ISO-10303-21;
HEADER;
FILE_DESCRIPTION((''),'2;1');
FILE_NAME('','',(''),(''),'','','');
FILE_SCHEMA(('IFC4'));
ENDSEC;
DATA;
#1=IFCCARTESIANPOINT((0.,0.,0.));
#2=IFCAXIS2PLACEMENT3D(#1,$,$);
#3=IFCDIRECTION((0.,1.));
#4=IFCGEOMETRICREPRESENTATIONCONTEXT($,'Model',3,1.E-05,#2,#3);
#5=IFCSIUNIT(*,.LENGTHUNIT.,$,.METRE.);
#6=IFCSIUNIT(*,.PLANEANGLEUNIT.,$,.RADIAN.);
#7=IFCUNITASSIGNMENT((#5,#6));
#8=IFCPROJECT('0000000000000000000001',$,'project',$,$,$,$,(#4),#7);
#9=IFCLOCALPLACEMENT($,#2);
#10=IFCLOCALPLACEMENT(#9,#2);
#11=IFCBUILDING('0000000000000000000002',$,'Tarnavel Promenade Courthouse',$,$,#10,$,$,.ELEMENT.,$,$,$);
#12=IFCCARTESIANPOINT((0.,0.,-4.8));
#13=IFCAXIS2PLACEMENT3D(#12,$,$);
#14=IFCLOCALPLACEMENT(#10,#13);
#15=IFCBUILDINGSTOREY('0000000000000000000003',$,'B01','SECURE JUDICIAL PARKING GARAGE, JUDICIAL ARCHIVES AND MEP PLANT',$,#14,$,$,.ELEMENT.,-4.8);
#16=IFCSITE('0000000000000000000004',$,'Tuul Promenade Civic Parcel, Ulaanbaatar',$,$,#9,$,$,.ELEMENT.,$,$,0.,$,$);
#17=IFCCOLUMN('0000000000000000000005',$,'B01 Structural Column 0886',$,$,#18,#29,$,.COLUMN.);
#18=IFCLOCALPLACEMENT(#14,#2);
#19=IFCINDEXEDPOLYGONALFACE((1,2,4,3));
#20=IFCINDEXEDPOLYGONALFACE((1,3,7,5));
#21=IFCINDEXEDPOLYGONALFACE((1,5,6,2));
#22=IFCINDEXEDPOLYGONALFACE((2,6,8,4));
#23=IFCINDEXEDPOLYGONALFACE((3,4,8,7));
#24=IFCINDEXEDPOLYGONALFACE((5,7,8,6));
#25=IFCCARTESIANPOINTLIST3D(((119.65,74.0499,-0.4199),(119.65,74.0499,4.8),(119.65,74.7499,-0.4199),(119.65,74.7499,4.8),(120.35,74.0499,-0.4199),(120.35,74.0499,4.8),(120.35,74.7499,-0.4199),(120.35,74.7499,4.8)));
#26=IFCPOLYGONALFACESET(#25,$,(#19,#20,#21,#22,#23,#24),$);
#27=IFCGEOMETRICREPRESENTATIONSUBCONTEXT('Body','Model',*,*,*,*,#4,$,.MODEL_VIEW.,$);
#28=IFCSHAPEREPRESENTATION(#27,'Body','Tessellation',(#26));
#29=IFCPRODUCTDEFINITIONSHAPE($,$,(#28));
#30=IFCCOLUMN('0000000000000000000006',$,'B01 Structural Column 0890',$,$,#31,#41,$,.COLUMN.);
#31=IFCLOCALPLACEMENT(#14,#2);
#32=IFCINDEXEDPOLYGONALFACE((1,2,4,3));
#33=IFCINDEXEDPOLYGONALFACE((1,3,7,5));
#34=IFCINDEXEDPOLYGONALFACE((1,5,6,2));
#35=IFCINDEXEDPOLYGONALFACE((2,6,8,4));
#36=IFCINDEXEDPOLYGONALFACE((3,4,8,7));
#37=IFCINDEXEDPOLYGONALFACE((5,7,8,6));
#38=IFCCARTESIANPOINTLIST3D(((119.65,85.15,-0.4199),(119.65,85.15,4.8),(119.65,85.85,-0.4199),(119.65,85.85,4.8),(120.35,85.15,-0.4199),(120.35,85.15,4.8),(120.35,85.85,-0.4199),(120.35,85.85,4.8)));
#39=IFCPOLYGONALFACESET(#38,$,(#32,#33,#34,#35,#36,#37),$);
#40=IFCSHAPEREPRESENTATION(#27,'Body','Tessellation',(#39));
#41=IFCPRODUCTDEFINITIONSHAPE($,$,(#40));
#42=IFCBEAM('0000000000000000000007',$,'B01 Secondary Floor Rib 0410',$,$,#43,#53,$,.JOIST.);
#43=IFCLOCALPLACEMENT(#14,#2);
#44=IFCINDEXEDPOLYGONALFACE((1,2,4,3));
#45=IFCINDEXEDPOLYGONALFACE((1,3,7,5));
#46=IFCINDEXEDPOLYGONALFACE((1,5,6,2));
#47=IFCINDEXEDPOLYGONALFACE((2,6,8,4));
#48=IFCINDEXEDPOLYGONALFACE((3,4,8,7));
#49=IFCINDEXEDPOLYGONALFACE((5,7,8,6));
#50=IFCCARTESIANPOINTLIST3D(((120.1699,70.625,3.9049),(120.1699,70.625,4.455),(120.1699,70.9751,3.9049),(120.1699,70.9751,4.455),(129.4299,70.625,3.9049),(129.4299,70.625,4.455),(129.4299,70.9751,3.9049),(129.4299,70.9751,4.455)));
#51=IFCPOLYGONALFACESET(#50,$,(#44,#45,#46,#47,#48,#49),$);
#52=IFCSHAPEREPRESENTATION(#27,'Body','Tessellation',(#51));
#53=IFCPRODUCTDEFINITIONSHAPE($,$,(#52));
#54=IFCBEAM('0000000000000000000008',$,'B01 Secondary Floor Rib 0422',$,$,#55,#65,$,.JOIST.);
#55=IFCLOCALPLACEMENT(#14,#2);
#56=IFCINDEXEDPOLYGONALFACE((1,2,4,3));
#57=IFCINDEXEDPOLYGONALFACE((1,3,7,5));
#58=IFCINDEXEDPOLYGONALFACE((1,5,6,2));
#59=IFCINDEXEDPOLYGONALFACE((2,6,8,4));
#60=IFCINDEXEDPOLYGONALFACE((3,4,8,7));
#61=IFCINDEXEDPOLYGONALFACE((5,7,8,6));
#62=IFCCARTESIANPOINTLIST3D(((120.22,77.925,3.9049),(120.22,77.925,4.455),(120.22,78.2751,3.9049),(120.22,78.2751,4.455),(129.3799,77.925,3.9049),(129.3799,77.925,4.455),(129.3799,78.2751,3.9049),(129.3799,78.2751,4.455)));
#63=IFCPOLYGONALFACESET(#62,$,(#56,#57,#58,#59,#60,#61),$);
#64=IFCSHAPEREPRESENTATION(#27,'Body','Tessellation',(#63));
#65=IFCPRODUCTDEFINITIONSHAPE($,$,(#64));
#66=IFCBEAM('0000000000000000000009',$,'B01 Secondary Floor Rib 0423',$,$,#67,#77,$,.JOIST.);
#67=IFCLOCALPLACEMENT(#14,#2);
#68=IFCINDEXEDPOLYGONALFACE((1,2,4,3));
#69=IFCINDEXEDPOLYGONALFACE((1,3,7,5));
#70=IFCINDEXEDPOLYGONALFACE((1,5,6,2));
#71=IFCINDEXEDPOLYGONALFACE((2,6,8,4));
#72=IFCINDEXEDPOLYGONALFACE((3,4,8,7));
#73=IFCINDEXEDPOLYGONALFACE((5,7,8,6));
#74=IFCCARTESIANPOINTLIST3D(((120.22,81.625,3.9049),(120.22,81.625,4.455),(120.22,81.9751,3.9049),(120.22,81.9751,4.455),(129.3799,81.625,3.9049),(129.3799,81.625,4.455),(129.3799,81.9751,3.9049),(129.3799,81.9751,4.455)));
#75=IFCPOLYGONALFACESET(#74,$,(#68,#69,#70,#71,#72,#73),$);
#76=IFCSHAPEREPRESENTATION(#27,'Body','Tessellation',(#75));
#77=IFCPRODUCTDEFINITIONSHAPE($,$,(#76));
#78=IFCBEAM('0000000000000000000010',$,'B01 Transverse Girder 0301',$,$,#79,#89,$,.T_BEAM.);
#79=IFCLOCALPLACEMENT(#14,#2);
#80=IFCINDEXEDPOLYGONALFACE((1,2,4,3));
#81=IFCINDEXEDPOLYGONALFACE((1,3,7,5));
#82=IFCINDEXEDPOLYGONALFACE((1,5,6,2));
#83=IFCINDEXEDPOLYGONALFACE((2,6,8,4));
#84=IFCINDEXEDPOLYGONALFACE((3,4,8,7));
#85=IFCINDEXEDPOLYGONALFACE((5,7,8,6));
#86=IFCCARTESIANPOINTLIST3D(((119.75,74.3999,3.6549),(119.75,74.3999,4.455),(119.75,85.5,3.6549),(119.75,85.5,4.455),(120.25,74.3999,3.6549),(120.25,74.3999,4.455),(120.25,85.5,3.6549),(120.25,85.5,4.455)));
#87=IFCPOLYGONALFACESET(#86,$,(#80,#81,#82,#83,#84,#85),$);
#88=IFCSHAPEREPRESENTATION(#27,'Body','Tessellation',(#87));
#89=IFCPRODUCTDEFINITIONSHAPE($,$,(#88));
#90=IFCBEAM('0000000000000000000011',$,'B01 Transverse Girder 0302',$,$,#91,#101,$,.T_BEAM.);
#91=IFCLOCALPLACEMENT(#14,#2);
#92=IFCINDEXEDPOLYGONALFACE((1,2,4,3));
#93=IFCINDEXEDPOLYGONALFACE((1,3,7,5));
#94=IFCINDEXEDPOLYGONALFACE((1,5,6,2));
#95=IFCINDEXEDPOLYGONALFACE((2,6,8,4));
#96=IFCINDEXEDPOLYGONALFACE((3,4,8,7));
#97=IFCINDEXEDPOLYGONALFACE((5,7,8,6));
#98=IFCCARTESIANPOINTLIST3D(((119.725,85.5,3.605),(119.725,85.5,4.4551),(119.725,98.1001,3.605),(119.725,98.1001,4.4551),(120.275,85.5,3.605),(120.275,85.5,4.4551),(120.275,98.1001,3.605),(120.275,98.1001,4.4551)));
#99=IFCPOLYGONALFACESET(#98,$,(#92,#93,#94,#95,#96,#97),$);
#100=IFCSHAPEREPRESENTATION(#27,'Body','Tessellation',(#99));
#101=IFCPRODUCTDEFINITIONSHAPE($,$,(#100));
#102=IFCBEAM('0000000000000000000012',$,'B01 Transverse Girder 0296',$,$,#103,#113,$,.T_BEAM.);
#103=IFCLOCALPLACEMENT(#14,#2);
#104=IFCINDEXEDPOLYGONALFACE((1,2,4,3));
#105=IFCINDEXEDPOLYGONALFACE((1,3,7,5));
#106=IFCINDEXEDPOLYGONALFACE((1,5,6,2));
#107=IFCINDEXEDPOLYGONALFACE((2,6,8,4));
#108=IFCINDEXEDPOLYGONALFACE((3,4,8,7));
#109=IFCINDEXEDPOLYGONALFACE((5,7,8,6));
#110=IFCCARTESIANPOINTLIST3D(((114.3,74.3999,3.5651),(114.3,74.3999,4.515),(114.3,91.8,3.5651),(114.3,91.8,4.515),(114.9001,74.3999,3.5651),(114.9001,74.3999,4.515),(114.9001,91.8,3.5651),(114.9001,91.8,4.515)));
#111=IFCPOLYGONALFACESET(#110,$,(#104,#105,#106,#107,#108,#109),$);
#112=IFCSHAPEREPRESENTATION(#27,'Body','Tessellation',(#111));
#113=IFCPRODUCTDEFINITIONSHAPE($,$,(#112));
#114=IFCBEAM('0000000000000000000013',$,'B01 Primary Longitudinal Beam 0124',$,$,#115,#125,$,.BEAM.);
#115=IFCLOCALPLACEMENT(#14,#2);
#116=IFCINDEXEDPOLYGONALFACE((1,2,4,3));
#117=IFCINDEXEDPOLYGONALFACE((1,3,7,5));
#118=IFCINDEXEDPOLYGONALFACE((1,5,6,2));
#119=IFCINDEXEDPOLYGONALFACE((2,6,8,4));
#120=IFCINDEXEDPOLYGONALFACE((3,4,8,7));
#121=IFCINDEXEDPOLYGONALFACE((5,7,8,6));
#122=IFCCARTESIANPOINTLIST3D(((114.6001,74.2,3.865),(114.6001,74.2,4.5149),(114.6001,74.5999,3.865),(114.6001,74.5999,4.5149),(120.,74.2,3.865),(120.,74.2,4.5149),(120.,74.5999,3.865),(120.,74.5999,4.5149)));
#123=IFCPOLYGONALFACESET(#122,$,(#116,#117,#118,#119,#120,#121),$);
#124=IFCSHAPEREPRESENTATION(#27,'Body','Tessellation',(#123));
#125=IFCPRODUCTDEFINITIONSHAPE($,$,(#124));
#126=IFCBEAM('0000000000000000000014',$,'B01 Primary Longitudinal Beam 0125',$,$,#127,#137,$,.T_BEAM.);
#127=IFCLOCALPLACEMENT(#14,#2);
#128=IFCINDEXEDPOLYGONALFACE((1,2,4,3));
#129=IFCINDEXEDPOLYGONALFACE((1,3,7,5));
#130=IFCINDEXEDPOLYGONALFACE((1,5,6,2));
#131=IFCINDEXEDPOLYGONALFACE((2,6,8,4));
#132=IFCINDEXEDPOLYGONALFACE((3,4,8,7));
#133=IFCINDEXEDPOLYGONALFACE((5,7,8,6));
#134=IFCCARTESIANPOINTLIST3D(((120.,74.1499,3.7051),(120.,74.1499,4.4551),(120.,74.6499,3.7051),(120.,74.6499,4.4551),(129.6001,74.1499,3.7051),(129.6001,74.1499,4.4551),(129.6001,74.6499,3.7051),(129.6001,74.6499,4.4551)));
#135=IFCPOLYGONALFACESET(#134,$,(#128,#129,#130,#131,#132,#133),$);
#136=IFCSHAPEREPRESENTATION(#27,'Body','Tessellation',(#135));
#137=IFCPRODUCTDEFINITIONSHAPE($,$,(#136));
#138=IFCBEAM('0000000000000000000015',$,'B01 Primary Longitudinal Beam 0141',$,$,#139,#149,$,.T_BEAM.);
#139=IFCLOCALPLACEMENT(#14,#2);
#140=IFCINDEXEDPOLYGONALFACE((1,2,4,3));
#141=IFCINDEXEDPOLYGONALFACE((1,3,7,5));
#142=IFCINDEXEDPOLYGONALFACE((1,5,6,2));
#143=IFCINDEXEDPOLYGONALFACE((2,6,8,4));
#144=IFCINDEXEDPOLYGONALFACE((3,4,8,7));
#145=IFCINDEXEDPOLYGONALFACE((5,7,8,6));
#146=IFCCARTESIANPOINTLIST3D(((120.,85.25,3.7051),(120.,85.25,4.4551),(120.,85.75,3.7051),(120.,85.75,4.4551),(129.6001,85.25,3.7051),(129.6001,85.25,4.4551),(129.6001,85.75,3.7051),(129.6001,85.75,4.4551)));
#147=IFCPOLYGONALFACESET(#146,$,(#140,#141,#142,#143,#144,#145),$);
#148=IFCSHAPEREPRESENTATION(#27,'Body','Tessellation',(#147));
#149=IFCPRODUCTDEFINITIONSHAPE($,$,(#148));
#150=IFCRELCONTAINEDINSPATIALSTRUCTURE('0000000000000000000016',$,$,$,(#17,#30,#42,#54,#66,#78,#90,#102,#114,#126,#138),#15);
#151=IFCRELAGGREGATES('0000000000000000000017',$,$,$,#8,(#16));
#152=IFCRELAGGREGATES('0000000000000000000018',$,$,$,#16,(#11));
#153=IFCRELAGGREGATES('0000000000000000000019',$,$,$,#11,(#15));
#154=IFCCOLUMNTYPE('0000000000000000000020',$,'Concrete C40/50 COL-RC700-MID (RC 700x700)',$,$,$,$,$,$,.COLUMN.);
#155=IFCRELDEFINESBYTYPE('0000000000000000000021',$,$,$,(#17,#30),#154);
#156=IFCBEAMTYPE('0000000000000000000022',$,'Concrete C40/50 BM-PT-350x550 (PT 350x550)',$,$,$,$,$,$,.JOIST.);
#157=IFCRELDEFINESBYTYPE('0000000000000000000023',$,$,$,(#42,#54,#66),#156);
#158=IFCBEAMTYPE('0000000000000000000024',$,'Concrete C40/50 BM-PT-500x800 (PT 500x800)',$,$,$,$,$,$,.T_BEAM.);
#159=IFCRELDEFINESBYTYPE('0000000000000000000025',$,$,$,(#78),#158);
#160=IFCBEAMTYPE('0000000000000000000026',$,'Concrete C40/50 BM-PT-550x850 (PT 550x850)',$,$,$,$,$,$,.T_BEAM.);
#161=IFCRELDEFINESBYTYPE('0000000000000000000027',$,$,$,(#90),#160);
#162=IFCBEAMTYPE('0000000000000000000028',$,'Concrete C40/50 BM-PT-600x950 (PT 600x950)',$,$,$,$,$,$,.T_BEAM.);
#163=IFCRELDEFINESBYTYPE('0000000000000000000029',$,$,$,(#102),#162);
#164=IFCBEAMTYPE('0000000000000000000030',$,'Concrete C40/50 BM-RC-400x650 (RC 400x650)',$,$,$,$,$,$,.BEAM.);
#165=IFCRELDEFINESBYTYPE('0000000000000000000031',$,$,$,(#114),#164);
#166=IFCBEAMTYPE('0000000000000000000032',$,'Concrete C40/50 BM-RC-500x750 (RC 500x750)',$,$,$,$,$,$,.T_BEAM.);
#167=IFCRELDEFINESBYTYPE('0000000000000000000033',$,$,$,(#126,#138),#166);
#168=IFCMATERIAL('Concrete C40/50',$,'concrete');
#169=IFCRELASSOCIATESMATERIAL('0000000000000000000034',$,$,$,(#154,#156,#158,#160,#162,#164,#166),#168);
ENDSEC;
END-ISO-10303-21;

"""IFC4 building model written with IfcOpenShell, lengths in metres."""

from ifc_helpers import new_model, si_unit, direction, frame, origin, origin_2d, place, context, subcontext, project, spatial, rectangle, extrude, material, material_profile, profile_set, type_object, element, save


model = new_model("IFC4")

# Units and contexts
model_context = context("Model", 3, precision=1e-05, world=origin(), true_north=direction((0.0, 1.0)))
body_context = subcontext(model_context, "Body", "Model", "MODEL_VIEW")
ifc_project = project(units=[si_unit("LENGTHUNIT", "METRE"), si_unit("PLANEANGLEUNIT", "RADIAN")], contexts=[model_context])

# Site, building, storey
site_placement = place(None, origin())
site = spatial("IfcSite", under=ifc_project, at=site_placement, Name="Tuul Promenade Civic Parcel, Ulaanbaatar", CompositionType="ELEMENT", RefElevation=0.0)
building_placement = place(site_placement, origin())
building = spatial("IfcBuilding", under=site, at=building_placement, Name="Tarnavel Promenade Courthouse", CompositionType="ELEMENT")
storey_placement = place(building_placement, frame((0.0, 0.0, -4.8)))
storey = spatial("IfcBuildingStorey", under=building, at=storey_placement, Name="B01", Description="SECURE JUDICIAL PARKING GARAGE, JUDICIAL ARCHIVES AND MEP PLANT", CompositionType="ELEMENT", Elevation=-4.8)

# Columns
ifc_material_1 = material(Name="Concrete C40/50", Category="concrete")
ifc_material_profile_1 = material_profile(ifc_material_1, rectangle(XDim=0.7, YDim=0.7, at=origin_2d()), Name="RC 700x700")
ifc_profile_set_1 = profile_set([ifc_material_profile_1], Name="Concrete C40/50")
column_type_1 = type_object("IfcColumnType", Name="Concrete C40/50 COL-RC700-MID (RC 700x700)", PredefinedType="COLUMN", material=ifc_profile_set_1)
for number, where, z_axis, x_axis, name in (
    (1, (120.0, 74.3999, -0.4199), (0.0, 0.0, 1.0), (1.0, 0.0, 0.0), "B01 Structural Column 0886"),
    (2, (120.0, 85.5, -0.4199), (0.0, 0.0, 1.0), (1.0, 0.0, 0.0), "B01 Structural Column 0890"),
):
    element("IfcColumn", number, at=place(storey_placement, frame(where, z_axis=z_axis, x_axis=x_axis)), inside=storey, type_object=column_type_1, Name=name, PredefinedType="COLUMN", context=body_context, shape_type="SweptSolid", body=[
        extrude(rectangle(XDim=0.7, YDim=0.7, at=origin_2d()), origin(), (0.0, 0.0, 1.0), 5.22),
    ])

# Beams
ifc_material_profile_2 = material_profile(ifc_material_1, rectangle(XDim=0.3501, YDim=0.55, at=origin_2d()), Name="PT 350x550")
ifc_profile_set_2 = profile_set([ifc_material_profile_2], Name="Concrete C40/50")
beam_type_1 = type_object("IfcBeamType", Name="Concrete C40/50 BM-PT-350x550 (PT 350x550)", PredefinedType="JOIST", material=ifc_profile_set_2)
beam_1_placement = place(storey_placement, frame((120.1699, 70.8, 4.1799), z_axis=(1.0, 0.0, 0.0), x_axis=(0.0, 1.0, 0.0)))
element("IfcBeam", 3, at=beam_1_placement, inside=storey, type_object=beam_type_1, Name="B01 Secondary Floor Rib 0410", PredefinedType="JOIST", context=body_context, shape_type="SweptSolid", body=[
    extrude(rectangle(XDim=0.3501, YDim=0.55, at=origin_2d()), origin(), (0.0, 0.0, 1.0), 9.26),
])
for number, where, z_axis, x_axis, name in (
    (4, (120.22, 78.1001, 4.1799), (1.0, 0.0, 0.0), (0.0, 1.0, 0.0), "B01 Secondary Floor Rib 0422"),
    (5, (120.22, 81.8, 4.1799), (1.0, 0.0, 0.0), (0.0, 1.0, 0.0), "B01 Secondary Floor Rib 0423"),
):
    element("IfcBeam", number, at=place(storey_placement, frame(where, z_axis=z_axis, x_axis=x_axis)), inside=storey, type_object=beam_type_1, Name=name, PredefinedType="JOIST", context=body_context, shape_type="SweptSolid", body=[
        extrude(rectangle(XDim=0.3501, YDim=0.55, at=origin_2d()), origin(), (0.0, 0.0, 1.0), 9.1599),
    ])
ifc_material_profile_3 = material_profile(ifc_material_1, rectangle(XDim=0.5, YDim=0.8, at=origin_2d()), Name="PT 500x800")
ifc_profile_set_3 = profile_set([ifc_material_profile_3], Name="Concrete C40/50")
beam_type_2 = type_object("IfcBeamType", Name="Concrete C40/50 BM-PT-500x800 (PT 500x800)", PredefinedType="T_BEAM", material=ifc_profile_set_3)
beam_2_placement = place(storey_placement, frame((120.0, 74.3999, 4.0549), z_axis=(0.0, 1.0, 0.0), x_axis=(-1.0, 0.0, 0.0)))
element("IfcBeam", 6, at=beam_2_placement, inside=storey, type_object=beam_type_2, Name="B01 Transverse Girder 0301", PredefinedType="T_BEAM", context=body_context, shape_type="SweptSolid", body=[
    extrude(rectangle(XDim=0.5, YDim=0.8, at=origin_2d()), origin(), (0.0, 0.0, 1.0), 11.1001),
])
ifc_material_profile_4 = material_profile(ifc_material_1, rectangle(XDim=0.55, YDim=0.8501, at=origin_2d()), Name="PT 550x850")
ifc_profile_set_4 = profile_set([ifc_material_profile_4], Name="Concrete C40/50")
beam_type_3 = type_object("IfcBeamType", Name="Concrete C40/50 BM-PT-550x850 (PT 550x850)", PredefinedType="T_BEAM", material=ifc_profile_set_4)
beam_3_placement = place(storey_placement, frame((120.0, 85.5, 4.03), z_axis=(0.0, 1.0, 0.0), x_axis=(-1.0, 0.0, 0.0)))
element("IfcBeam", 7, at=beam_3_placement, inside=storey, type_object=beam_type_3, Name="B01 Transverse Girder 0302", PredefinedType="T_BEAM", context=body_context, shape_type="SweptSolid", body=[
    extrude(rectangle(XDim=0.55, YDim=0.8501, at=origin_2d()), origin(), (0.0, 0.0, 1.0), 12.6001),
])
ifc_material_profile_5 = material_profile(ifc_material_1, rectangle(XDim=0.6001, YDim=0.95, at=origin_2d()), Name="PT 600x950")
ifc_profile_set_5 = profile_set([ifc_material_profile_5], Name="Concrete C40/50")
beam_type_4 = type_object("IfcBeamType", Name="Concrete C40/50 BM-PT-600x950 (PT 600x950)", PredefinedType="T_BEAM", material=ifc_profile_set_5)
beam_4_placement = place(storey_placement, frame((114.6001, 74.3999, 4.04), z_axis=(0.0, 1.0, 0.0), x_axis=(-1.0, 0.0, 0.0)))
element("IfcBeam", 8, at=beam_4_placement, inside=storey, type_object=beam_type_4, Name="B01 Transverse Girder 0296", PredefinedType="T_BEAM", context=body_context, shape_type="SweptSolid", body=[
    extrude(rectangle(XDim=0.6001, YDim=0.95, at=origin_2d()), origin(), (0.0, 0.0, 1.0), 17.4001),
])
ifc_material_profile_6 = material_profile(ifc_material_1, rectangle(XDim=0.3999, YDim=0.6499, at=origin_2d()), Name="RC 400x650")
ifc_profile_set_6 = profile_set([ifc_material_profile_6], Name="Concrete C40/50")
beam_type_5 = type_object("IfcBeamType", Name="Concrete C40/50 BM-RC-400x650 (RC 400x650)", PredefinedType="BEAM", material=ifc_profile_set_6)
beam_5_placement = place(storey_placement, frame((114.6001, 74.3999, 4.1899), z_axis=(1.0, 0.0, 0.0), x_axis=(0.0, 1.0, 0.0)))
element("IfcBeam", 9, at=beam_5_placement, inside=storey, type_object=beam_type_5, Name="B01 Primary Longitudinal Beam 0124", PredefinedType="BEAM", context=body_context, shape_type="SweptSolid", body=[
    extrude(rectangle(XDim=0.3999, YDim=0.6499, at=origin_2d()), origin(), (0.0, 0.0, 1.0), 5.3999),
])
ifc_material_profile_7 = material_profile(ifc_material_1, rectangle(XDim=0.5, YDim=0.75, at=origin_2d()), Name="RC 500x750")
ifc_profile_set_7 = profile_set([ifc_material_profile_7], Name="Concrete C40/50")
beam_type_6 = type_object("IfcBeamType", Name="Concrete C40/50 BM-RC-500x750 (RC 500x750)", PredefinedType="T_BEAM", material=ifc_profile_set_7)
for number, where, z_axis, x_axis, name in (
    (10, (120.0, 74.3999, 4.0801), (1.0, 0.0, 0.0), (0.0, 1.0, 0.0), "B01 Primary Longitudinal Beam 0125"),
    (11, (120.0, 85.5, 4.0801), (1.0, 0.0, 0.0), (0.0, 1.0, 0.0), "B01 Primary Longitudinal Beam 0141"),
):
    element("IfcBeam", number, at=place(storey_placement, frame(where, z_axis=z_axis, x_axis=x_axis)), inside=storey, type_object=beam_type_6, Name=name, PredefinedType="T_BEAM", context=body_context, shape_type="SweptSolid", body=[
        extrude(rectangle(XDim=0.5, YDim=0.75, at=origin_2d()), origin(), (0.0, 0.0, 1.0), 9.6001),
    ])

save(model, "model.ifc")
